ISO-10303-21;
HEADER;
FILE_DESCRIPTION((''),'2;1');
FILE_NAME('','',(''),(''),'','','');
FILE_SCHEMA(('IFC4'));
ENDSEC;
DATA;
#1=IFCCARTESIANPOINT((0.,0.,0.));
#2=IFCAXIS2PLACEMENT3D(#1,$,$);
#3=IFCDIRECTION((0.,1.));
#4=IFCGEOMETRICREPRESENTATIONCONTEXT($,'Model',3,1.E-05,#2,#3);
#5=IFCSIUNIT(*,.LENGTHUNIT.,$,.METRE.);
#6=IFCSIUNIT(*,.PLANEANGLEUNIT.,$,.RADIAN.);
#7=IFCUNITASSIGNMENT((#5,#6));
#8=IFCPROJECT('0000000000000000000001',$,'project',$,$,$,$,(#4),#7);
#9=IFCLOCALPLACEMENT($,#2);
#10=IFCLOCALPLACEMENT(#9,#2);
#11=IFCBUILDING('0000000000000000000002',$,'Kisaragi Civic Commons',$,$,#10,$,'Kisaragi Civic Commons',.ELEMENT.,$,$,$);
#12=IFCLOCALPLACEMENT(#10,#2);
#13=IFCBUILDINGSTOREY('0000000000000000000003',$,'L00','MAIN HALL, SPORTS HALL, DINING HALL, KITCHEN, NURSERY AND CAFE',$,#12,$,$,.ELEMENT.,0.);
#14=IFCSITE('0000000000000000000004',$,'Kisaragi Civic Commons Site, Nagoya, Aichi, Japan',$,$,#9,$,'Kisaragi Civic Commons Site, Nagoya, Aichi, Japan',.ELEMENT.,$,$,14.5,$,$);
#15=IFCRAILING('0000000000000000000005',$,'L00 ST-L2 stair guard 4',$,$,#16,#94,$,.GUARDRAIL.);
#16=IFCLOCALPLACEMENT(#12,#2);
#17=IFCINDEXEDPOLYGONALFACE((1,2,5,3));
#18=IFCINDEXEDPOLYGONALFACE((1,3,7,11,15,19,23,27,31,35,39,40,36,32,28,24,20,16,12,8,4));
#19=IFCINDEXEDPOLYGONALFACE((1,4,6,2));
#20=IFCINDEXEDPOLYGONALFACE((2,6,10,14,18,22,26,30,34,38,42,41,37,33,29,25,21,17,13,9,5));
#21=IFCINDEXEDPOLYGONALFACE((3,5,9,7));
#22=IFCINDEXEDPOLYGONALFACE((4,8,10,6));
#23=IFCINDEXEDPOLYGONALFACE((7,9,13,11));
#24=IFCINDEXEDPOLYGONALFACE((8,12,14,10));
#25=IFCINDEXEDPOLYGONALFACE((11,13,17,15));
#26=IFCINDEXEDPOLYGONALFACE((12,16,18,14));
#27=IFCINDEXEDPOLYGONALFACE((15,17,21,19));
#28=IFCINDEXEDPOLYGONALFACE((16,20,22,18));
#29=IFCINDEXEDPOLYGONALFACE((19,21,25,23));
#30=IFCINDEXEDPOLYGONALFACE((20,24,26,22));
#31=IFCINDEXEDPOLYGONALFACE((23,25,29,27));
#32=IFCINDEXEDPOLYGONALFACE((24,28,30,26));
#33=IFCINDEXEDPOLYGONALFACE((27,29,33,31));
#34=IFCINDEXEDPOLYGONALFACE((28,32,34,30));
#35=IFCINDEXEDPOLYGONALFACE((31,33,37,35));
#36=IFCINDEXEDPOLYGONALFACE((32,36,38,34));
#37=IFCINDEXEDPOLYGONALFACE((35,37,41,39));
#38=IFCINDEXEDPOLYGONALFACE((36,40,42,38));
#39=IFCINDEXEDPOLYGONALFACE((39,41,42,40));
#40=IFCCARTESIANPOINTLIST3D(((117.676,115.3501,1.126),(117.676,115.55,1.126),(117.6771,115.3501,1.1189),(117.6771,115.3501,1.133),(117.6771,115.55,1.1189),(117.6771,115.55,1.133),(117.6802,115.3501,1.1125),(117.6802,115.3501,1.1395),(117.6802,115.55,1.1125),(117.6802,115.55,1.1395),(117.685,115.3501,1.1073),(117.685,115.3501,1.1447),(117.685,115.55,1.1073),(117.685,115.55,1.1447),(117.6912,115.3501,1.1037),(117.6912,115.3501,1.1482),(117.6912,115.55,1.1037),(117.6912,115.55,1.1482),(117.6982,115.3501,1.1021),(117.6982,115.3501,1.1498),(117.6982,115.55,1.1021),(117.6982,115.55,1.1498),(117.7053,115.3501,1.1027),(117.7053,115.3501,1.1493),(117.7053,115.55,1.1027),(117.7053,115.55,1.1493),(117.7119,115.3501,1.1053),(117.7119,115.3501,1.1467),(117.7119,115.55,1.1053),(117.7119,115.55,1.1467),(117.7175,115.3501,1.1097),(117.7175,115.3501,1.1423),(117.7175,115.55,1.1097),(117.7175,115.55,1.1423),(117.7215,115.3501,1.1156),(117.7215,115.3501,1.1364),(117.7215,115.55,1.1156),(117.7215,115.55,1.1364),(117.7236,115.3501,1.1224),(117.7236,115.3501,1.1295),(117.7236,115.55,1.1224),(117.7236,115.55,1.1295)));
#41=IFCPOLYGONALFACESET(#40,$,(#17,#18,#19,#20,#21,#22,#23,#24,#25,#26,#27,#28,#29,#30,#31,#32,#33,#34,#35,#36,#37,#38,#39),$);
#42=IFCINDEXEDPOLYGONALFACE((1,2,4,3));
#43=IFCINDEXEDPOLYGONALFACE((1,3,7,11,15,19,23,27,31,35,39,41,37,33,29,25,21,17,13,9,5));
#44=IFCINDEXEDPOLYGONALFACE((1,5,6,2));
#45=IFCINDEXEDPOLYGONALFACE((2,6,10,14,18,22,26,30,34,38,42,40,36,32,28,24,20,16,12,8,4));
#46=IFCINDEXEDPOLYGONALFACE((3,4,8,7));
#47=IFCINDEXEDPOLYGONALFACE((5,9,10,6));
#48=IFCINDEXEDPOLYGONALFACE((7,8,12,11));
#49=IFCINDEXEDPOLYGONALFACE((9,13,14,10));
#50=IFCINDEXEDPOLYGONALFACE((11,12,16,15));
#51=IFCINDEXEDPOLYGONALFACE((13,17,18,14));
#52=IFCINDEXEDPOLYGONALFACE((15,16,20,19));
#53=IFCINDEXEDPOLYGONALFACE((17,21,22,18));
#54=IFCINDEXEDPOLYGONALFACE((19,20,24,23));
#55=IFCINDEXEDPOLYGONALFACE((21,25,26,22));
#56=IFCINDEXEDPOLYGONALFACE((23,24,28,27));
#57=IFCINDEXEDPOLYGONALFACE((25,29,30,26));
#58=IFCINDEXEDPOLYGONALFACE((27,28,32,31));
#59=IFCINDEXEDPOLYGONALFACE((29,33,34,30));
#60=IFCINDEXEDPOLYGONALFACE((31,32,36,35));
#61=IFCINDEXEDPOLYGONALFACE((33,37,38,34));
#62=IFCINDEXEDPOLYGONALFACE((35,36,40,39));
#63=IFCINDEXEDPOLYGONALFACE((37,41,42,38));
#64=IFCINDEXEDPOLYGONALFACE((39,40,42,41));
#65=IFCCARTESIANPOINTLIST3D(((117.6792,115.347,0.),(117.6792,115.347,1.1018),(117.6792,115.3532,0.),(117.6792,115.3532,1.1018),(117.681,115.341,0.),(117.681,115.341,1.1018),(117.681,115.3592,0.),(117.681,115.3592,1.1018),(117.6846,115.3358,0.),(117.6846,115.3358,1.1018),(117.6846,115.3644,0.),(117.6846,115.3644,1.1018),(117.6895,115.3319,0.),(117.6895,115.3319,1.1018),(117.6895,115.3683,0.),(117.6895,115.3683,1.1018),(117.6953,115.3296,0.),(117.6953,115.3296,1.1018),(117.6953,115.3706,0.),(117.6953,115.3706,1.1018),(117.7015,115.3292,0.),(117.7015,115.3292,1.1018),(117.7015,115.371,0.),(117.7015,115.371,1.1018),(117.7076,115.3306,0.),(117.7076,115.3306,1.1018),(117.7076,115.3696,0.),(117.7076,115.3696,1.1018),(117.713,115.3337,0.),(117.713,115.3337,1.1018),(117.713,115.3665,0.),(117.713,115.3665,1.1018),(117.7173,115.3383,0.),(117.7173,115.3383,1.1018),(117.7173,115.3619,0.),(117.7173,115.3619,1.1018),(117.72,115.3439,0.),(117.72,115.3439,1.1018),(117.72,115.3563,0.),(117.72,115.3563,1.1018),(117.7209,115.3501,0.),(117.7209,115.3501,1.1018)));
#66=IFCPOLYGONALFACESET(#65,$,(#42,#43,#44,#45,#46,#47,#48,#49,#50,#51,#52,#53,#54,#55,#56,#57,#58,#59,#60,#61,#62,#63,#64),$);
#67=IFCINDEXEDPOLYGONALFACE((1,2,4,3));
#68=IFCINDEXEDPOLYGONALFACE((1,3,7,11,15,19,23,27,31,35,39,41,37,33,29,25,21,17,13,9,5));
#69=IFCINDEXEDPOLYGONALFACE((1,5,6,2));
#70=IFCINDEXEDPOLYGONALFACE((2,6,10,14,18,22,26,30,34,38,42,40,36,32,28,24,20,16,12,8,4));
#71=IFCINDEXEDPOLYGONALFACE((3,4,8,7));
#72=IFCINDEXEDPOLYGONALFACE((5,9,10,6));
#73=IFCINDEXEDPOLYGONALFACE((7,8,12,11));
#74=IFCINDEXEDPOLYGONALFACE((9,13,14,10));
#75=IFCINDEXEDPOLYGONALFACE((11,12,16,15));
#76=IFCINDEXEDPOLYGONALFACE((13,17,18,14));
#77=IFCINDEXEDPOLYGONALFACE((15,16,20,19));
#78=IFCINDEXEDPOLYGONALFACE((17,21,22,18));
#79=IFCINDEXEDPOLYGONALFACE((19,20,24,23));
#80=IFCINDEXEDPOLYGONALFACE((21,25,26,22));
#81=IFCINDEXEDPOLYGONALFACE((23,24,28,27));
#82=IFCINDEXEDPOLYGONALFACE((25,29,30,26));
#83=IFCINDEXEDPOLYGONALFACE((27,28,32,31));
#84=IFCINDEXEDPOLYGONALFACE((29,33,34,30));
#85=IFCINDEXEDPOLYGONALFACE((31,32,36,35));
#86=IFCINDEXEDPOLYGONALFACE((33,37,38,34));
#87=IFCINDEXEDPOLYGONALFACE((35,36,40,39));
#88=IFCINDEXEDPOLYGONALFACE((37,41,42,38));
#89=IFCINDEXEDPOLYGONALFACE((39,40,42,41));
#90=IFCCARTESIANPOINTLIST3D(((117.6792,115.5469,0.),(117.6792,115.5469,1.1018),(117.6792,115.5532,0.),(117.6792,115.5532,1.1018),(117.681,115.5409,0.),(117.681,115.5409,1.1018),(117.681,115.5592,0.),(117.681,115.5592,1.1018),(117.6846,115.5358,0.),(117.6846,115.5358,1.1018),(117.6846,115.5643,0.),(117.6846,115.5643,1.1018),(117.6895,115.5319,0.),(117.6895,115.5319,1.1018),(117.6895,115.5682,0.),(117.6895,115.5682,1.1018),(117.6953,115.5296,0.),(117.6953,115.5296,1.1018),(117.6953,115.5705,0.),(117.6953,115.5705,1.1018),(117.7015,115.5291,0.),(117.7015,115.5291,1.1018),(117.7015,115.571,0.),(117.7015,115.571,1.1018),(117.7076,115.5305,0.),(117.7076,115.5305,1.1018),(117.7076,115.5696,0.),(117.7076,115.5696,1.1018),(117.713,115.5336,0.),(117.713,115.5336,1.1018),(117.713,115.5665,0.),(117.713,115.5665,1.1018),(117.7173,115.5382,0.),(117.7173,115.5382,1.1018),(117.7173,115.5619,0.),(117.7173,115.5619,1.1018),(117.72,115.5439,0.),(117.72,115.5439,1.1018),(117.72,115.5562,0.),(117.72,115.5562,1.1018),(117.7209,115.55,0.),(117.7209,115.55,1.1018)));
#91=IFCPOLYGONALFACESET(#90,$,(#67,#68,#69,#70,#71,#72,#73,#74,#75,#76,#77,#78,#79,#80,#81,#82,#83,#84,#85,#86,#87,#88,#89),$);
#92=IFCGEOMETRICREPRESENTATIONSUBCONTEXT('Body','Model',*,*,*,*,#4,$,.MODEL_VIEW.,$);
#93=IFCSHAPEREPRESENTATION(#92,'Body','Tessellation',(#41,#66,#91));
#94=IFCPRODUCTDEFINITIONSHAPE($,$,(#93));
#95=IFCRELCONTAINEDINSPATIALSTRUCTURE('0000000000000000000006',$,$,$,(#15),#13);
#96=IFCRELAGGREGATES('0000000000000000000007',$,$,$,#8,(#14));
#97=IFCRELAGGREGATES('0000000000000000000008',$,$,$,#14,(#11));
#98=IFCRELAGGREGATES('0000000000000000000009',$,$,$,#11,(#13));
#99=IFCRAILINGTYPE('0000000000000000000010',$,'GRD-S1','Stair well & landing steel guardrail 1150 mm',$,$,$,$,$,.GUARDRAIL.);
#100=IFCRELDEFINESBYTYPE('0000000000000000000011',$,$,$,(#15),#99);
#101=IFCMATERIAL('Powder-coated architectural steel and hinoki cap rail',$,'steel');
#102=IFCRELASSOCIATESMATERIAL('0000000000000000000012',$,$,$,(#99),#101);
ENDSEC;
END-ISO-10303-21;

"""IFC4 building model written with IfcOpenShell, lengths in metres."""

from ifc_helpers import new_model, si_unit, direction, frame, origin, origin_2d, place, context, subcontext, project, spatial, circle, extrude, material, type_object, element, save


model = new_model("IFC4")

# Units and contexts
model_context = context("Model", 3, precision=1e-05, world=origin(), true_north=direction((0.0, 1.0)))
body_context = subcontext(model_context, "Body", "Model", "MODEL_VIEW")
ifc_project = project(units=[si_unit("LENGTHUNIT", "METRE"), si_unit("PLANEANGLEUNIT", "RADIAN")], contexts=[model_context])

# Site, building, storey
site_placement = place(None, origin())
site = spatial("IfcSite", under=ifc_project, at=site_placement, Name="Kisaragi Civic Commons Site, Nagoya, Aichi, Japan", LongName="Kisaragi Civic Commons Site, Nagoya, Aichi, Japan", CompositionType="ELEMENT", RefElevation=14.5)
building_placement = place(site_placement, origin())
building = spatial("IfcBuilding", under=site, at=building_placement, Name="Kisaragi Civic Commons", LongName="Kisaragi Civic Commons", CompositionType="ELEMENT")
storey_placement = place(building_placement, origin())
storey = spatial("IfcBuildingStorey", under=building, at=storey_placement, Name="L00", Description="MAIN HALL, SPORTS HALL, DINING HALL, KITCHEN, NURSERY AND CAFE", CompositionType="ELEMENT", Elevation=0.0)

# Railing
ifc_material_1 = material(Name="Powder-coated architectural steel and hinoki cap rail", Category="steel")
railing_type = type_object("IfcRailingType", Name="GRD-S1", Description="Stair well & landing steel guardrail 1150 mm", PredefinedType="GUARDRAIL", material=ifc_material_1)
railing_1_placement = place(storey_placement, frame((117.7, 115.3501, 0.0)))
element("IfcRailing", 1, at=railing_1_placement, inside=storey, type_object=railing_type, Name="L00 ST-L2 stair guard 4", PredefinedType="GUARDRAIL", context=body_context, shape_type="SweptSolid", body=[
    extrude(circle(Radius=0.0239, at=origin_2d()), frame((0.0, 0.0, 1.126), z_axis=(0.0, 1.0, 0.0), x_axis=(-1.0, 0.0, 0.0)), (0.0, 0.0, 1.0), 0.2),
    extrude(circle(Radius=0.021, at=origin_2d()), origin(), (0.0, 0.0, 1.0), 1.1018),
    extrude(circle(Radius=0.021, at=origin_2d()), frame((0.0, 0.2, 0.0)), (0.0, 0.0, 1.0), 1.1018),
])

save(model, "model.ifc")
